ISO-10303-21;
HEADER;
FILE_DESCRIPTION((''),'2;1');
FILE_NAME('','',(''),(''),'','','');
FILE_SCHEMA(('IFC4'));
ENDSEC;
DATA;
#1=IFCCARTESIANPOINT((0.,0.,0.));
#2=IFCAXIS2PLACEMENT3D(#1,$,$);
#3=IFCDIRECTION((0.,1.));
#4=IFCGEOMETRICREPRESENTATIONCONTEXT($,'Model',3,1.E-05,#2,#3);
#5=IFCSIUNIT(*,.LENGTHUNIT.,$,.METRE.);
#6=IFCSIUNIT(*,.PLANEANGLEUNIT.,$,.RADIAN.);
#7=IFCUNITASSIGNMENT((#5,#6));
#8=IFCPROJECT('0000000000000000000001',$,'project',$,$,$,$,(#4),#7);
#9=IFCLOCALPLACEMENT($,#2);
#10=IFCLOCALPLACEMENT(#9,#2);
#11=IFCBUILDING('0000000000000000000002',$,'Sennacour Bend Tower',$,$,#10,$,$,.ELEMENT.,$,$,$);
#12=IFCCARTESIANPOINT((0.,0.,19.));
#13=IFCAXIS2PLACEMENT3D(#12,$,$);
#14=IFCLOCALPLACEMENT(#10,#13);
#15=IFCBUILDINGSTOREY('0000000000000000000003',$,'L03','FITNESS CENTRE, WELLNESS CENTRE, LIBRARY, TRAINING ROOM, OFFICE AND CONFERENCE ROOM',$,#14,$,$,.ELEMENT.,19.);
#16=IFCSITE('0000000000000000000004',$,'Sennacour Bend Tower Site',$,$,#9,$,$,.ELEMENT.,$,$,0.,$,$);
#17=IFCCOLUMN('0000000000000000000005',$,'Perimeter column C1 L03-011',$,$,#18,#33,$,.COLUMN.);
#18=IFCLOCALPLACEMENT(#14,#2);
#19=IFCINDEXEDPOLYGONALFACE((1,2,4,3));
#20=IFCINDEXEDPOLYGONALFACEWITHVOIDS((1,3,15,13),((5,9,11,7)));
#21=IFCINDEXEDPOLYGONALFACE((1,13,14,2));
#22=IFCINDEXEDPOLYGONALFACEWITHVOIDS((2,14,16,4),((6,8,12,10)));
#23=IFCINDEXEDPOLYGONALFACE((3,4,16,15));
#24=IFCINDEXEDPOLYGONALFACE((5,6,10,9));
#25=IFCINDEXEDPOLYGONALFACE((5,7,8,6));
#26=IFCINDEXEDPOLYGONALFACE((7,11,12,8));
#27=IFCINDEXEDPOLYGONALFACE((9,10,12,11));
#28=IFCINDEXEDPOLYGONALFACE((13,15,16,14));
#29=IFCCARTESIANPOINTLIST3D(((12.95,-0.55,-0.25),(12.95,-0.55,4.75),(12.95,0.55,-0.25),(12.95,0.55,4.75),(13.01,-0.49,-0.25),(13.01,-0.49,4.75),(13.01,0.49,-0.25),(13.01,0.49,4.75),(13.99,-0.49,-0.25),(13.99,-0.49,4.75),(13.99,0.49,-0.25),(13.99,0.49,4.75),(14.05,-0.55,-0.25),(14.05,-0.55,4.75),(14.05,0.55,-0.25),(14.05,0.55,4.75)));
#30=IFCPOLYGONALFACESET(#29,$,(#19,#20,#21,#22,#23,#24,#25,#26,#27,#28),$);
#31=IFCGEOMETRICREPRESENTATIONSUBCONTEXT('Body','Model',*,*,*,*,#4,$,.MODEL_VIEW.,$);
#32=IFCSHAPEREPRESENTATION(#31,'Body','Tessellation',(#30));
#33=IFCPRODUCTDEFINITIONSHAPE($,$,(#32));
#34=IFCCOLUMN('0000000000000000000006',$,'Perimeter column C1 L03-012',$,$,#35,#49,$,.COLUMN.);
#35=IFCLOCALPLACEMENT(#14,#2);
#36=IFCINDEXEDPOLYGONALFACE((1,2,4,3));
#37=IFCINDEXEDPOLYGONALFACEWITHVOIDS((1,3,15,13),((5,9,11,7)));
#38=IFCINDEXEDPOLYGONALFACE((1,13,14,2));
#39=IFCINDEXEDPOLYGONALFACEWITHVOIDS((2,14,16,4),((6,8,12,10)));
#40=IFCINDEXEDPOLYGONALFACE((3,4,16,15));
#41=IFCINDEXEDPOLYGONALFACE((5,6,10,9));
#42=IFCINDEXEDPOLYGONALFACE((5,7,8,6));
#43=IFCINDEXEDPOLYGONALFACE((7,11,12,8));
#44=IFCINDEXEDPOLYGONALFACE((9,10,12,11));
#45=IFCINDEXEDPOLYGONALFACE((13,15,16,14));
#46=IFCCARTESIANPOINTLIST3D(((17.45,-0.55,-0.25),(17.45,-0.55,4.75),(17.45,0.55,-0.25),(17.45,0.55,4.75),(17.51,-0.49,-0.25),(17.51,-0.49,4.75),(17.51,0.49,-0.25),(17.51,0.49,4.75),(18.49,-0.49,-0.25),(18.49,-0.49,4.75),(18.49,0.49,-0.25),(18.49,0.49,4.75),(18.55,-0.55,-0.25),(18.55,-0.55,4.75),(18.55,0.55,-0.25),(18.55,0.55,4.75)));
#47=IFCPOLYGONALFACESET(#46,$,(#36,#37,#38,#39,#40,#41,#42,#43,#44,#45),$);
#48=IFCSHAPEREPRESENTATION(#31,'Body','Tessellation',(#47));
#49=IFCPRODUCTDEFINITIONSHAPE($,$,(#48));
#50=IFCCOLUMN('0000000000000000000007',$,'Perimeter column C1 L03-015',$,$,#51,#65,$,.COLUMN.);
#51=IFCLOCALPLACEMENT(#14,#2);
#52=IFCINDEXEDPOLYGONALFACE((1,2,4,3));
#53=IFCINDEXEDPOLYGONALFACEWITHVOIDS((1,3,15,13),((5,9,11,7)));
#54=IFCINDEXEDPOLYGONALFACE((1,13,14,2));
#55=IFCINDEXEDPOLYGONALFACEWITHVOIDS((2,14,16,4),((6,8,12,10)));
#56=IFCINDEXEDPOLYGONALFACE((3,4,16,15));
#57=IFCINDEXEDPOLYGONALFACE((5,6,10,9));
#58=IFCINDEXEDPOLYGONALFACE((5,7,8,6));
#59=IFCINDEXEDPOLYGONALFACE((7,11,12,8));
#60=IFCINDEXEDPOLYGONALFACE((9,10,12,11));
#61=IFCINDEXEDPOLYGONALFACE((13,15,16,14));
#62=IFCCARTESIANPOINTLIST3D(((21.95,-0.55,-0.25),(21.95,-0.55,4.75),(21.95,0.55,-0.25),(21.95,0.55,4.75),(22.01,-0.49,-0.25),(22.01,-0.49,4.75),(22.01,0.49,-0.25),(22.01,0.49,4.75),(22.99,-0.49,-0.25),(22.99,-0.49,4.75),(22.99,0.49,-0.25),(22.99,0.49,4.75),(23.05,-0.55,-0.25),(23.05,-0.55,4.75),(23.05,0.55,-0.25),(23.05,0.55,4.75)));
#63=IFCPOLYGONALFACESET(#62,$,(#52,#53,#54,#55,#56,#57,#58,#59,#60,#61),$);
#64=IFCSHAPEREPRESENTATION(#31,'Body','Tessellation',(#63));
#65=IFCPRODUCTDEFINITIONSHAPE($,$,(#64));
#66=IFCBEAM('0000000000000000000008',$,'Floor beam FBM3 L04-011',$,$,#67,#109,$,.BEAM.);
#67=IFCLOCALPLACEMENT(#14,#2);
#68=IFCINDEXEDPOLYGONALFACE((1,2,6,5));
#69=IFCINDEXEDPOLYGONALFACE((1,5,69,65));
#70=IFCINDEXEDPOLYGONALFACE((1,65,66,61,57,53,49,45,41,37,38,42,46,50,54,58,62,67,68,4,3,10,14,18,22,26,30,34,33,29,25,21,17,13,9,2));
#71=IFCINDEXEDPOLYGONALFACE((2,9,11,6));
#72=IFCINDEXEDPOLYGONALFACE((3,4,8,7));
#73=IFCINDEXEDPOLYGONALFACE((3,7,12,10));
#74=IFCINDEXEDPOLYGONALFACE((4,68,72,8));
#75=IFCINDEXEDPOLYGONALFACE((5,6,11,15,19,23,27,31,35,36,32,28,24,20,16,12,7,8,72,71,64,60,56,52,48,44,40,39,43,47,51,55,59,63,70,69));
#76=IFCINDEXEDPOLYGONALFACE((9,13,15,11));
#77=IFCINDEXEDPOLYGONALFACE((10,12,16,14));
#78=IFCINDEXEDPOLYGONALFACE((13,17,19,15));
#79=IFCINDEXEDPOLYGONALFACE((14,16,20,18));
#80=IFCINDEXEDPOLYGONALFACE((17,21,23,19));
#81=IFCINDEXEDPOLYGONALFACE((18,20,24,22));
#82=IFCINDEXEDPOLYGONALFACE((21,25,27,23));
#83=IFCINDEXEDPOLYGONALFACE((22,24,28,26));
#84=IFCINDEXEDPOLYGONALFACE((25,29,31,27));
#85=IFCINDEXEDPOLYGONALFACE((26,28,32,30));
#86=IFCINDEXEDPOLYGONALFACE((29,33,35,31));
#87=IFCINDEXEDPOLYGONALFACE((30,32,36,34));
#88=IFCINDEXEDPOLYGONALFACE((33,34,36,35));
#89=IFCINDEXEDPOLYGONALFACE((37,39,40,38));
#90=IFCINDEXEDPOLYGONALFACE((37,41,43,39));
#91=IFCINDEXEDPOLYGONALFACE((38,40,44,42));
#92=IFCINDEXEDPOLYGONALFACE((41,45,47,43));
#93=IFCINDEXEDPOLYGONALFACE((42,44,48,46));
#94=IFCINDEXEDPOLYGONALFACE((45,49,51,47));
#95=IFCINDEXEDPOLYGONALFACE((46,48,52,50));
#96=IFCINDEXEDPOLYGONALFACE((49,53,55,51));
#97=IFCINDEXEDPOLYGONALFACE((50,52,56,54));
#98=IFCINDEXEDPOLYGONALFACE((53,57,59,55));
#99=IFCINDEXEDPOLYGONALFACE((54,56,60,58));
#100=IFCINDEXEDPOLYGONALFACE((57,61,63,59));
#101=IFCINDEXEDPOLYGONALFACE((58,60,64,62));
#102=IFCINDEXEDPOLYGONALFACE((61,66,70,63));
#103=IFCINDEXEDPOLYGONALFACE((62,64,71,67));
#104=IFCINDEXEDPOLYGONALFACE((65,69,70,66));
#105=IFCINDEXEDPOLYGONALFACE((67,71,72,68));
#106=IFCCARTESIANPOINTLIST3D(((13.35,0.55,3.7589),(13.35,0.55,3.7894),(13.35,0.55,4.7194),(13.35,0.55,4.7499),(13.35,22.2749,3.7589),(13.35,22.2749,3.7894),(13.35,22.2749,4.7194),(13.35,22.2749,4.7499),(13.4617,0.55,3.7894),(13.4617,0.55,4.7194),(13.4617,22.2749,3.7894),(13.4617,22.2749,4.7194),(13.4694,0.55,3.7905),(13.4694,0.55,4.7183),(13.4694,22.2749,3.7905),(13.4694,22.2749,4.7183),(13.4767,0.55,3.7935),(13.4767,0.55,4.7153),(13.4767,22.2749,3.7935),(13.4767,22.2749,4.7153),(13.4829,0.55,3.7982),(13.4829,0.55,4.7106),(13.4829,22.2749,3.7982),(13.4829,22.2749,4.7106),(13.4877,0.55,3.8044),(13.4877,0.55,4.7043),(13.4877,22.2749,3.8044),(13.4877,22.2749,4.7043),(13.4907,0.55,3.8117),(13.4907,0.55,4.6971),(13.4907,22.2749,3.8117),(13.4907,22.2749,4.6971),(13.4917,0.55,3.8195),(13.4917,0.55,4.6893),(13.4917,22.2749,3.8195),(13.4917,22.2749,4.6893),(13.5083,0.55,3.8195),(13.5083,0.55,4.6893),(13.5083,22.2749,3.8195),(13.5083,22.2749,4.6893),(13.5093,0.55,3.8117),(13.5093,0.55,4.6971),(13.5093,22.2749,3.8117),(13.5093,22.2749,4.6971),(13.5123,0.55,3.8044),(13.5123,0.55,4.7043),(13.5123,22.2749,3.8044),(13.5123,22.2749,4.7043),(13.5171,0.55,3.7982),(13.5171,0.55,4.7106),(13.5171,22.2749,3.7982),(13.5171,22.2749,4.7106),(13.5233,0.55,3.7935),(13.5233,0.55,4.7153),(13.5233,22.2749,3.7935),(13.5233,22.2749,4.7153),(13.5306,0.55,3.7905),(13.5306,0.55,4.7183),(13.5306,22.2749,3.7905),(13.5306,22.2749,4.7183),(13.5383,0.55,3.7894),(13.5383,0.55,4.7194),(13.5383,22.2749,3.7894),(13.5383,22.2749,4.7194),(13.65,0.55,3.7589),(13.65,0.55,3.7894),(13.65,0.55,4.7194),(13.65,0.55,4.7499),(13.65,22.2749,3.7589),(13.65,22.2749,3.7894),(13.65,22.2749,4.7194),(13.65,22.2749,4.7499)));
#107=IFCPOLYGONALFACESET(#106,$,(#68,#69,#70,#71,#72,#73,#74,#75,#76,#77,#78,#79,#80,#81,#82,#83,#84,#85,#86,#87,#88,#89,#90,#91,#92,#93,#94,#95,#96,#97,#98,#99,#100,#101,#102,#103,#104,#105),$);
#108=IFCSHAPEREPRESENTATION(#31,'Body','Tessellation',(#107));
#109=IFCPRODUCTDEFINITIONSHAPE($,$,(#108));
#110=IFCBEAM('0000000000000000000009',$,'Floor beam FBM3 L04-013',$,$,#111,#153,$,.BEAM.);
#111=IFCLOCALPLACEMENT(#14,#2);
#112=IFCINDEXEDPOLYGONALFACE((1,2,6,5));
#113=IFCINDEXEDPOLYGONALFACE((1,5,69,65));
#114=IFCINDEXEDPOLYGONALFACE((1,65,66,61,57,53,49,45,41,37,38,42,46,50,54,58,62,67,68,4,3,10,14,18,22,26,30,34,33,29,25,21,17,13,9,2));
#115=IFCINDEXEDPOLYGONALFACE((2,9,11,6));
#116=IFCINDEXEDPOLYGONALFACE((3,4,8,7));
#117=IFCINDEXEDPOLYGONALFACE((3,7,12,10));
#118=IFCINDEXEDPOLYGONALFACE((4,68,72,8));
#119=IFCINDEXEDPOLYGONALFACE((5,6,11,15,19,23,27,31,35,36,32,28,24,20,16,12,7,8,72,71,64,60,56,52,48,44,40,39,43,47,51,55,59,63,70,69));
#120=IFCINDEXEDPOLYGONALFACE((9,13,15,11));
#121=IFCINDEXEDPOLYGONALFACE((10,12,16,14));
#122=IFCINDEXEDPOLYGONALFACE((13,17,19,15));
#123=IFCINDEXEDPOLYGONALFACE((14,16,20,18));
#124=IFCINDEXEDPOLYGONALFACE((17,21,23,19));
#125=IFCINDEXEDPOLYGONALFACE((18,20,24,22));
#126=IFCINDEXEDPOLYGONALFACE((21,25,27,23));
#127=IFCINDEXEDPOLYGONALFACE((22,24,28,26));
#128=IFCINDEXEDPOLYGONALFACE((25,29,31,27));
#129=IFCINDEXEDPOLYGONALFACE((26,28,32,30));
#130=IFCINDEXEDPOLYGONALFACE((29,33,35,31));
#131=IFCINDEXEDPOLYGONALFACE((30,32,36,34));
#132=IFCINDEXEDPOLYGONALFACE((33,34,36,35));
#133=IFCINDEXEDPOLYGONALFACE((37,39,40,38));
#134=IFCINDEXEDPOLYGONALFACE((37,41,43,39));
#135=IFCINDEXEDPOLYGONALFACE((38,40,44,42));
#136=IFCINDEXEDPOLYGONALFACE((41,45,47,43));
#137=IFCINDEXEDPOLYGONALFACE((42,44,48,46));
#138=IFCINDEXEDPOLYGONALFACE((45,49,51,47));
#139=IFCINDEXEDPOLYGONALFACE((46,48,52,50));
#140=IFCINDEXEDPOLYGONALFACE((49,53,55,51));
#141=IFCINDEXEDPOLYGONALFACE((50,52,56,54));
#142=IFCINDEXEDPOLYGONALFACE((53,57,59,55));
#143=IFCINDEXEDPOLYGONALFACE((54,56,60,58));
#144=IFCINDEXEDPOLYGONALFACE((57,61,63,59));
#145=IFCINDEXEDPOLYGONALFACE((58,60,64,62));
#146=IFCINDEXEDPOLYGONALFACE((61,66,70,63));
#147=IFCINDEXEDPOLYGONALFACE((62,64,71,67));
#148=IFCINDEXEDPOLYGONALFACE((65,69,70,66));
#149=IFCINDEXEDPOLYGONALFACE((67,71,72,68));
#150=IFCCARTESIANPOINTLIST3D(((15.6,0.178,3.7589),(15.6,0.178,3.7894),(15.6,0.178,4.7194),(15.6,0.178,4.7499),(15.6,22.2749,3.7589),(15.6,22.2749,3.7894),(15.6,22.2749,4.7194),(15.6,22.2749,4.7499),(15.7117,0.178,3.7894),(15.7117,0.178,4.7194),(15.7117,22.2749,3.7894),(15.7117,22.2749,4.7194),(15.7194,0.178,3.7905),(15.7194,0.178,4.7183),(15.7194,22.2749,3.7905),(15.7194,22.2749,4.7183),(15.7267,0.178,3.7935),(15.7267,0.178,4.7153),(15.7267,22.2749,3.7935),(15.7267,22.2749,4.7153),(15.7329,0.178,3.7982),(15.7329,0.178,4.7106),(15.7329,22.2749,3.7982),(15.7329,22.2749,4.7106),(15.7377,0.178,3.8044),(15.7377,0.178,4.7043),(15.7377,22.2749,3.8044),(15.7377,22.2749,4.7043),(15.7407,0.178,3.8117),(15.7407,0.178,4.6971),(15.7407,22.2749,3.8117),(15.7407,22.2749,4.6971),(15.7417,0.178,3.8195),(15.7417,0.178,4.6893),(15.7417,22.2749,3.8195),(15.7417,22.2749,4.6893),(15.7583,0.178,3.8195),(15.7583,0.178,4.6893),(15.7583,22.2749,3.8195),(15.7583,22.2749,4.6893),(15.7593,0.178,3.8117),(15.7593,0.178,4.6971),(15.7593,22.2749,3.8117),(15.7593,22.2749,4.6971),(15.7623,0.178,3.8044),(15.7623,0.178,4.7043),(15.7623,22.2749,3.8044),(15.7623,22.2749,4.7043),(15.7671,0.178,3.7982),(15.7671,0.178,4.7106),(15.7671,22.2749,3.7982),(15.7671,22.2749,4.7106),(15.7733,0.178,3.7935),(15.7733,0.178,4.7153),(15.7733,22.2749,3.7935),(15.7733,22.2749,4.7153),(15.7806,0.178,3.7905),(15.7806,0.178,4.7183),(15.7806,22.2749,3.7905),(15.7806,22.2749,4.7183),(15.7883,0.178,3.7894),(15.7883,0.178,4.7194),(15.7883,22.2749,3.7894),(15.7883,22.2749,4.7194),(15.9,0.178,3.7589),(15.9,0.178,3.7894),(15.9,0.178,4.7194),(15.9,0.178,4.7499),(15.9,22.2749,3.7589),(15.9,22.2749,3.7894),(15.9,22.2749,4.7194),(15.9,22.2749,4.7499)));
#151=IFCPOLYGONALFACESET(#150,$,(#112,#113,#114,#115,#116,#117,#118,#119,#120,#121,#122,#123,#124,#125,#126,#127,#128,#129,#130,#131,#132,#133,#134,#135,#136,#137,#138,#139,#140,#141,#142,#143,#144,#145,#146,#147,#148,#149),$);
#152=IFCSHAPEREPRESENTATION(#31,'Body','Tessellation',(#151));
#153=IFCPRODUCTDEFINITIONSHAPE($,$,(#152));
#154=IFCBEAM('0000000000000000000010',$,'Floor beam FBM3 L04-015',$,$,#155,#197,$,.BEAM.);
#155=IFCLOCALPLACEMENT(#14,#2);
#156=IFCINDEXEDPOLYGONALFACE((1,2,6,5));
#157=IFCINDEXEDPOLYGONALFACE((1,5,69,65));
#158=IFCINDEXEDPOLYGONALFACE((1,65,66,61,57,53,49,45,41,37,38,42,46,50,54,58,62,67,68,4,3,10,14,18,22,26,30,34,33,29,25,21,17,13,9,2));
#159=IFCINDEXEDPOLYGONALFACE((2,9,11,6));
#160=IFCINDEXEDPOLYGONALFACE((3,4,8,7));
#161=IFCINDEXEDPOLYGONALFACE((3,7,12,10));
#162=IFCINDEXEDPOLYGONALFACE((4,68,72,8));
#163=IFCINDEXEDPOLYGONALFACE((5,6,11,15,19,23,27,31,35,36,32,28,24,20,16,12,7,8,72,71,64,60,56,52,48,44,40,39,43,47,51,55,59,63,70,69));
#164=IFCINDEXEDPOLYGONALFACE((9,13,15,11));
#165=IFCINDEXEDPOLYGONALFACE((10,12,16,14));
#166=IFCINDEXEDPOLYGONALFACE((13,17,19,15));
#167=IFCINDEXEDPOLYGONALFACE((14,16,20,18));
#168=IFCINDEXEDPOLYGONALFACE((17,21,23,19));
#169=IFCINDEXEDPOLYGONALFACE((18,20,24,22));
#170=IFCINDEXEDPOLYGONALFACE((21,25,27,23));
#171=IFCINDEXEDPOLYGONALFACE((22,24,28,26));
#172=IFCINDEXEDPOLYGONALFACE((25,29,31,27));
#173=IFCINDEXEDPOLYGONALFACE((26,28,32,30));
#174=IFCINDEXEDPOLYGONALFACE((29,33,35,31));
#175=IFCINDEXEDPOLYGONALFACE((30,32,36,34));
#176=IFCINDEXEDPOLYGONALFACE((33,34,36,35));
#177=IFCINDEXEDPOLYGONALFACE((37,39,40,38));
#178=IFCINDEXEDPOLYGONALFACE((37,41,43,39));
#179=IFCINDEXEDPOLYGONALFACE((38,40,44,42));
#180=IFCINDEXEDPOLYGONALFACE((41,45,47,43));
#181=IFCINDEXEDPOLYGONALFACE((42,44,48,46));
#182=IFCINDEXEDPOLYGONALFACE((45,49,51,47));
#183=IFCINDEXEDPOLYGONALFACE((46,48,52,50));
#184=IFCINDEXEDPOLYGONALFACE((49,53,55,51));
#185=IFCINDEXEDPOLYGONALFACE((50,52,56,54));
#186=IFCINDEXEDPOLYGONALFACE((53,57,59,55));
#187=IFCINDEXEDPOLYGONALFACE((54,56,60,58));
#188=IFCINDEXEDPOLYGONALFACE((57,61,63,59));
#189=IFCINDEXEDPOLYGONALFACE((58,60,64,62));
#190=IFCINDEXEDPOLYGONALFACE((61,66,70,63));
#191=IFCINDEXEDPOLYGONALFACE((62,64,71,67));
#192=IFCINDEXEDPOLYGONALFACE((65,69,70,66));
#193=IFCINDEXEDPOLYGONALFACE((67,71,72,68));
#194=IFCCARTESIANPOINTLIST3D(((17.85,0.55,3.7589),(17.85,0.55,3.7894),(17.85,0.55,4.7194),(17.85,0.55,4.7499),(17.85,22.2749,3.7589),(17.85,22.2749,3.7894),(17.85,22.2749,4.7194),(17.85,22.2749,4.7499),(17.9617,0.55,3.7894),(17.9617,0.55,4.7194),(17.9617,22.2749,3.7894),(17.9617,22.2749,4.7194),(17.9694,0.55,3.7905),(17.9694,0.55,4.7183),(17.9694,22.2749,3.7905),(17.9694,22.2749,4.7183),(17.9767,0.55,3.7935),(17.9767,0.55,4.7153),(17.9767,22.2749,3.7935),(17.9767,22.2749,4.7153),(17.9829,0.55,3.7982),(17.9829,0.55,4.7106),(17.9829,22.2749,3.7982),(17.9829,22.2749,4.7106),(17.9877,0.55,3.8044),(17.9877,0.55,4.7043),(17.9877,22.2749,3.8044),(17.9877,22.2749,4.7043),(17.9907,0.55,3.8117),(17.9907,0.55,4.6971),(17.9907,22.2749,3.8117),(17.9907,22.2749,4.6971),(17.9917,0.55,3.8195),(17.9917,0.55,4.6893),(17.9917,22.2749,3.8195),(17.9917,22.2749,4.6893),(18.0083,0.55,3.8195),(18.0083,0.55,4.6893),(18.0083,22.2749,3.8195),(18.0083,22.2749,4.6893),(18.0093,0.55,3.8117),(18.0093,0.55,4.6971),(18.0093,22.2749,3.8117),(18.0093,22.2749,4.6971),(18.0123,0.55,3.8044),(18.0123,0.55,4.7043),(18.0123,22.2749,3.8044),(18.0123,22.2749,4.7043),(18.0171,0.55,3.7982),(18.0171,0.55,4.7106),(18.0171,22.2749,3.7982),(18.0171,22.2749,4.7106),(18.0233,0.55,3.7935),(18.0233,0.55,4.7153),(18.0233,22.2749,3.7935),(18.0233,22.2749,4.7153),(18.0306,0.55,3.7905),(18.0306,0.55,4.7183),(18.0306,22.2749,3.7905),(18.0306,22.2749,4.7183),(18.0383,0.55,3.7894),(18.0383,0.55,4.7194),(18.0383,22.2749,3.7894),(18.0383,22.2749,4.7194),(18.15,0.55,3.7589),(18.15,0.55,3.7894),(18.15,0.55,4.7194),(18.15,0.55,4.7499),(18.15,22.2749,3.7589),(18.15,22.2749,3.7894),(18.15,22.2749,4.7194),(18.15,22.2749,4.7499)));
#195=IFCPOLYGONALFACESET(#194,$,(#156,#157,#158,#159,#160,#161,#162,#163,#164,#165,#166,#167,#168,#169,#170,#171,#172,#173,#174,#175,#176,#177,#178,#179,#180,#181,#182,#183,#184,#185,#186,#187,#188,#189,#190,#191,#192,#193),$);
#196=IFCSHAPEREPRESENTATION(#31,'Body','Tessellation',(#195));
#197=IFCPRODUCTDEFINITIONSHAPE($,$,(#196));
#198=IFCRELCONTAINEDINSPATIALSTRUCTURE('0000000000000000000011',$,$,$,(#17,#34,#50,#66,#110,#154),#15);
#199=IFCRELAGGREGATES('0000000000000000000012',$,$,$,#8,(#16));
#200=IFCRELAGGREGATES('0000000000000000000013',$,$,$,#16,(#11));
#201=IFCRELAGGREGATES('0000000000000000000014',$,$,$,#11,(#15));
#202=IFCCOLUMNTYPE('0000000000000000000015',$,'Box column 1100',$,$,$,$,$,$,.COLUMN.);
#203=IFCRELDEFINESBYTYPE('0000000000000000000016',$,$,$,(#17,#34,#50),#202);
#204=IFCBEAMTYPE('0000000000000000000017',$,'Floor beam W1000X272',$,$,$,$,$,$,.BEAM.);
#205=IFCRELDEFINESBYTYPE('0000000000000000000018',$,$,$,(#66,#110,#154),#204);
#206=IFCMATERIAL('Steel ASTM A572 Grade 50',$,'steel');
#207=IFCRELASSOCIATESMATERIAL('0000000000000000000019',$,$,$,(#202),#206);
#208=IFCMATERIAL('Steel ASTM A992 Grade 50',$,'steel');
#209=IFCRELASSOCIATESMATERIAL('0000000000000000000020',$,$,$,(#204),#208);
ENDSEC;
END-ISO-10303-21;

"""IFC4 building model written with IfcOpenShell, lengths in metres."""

from ifc_helpers import new_model, si_unit, direction, frame, origin, origin_2d, place, context, subcontext, project, spatial, hollow_rectangle, i_section, extrude, material, material_profile, profile_set, type_object, element, save


model = new_model("IFC4")

# Units and contexts
model_context = context("Model", 3, precision=1e-05, world=origin(), true_north=direction((0.0, 1.0)))
body_context = subcontext(model_context, "Body", "Model", "MODEL_VIEW")
ifc_project = project(units=[si_unit("LENGTHUNIT", "METRE"), si_unit("PLANEANGLEUNIT", "RADIAN")], contexts=[model_context])

# Site, building, storey
site_placement = place(None, origin())
site = spatial("IfcSite", under=ifc_project, at=site_placement, Name="Sennacour Bend Tower Site", CompositionType="ELEMENT", RefElevation=0.0)
building_placement = place(site_placement, origin())
building = spatial("IfcBuilding", under=site, at=building_placement, Name="Sennacour Bend Tower", CompositionType="ELEMENT")
storey_placement = place(building_placement, frame((0.0, 0.0, 19.0)))
storey = spatial("IfcBuildingStorey", under=building, at=storey_placement, Name="L03", Description="FITNESS CENTRE, WELLNESS CENTRE, LIBRARY, TRAINING ROOM, OFFICE AND CONFERENCE ROOM", CompositionType="ELEMENT", Elevation=19.0)

# Columns
ifc_material_1 = material(Name="Steel ASTM A572 Grade 50", Category="steel")
ifc_material_profile_1 = material_profile(ifc_material_1, hollow_rectangle(XDim=1.1001, YDim=1.1001, WallThickness=0.0601, at=origin_2d()), Name="Steel ASTM A572 Grade 50", Category="steel")
ifc_profile_set_1 = profile_set([ifc_material_profile_1], Name="Steel ASTM A572 Grade 50")
column_type = type_object("IfcColumnType", Name="Box column 1100", PredefinedType="COLUMN", material=ifc_profile_set_1)
for number, where, z_axis, x_axis, name in (
    (1, (13.5, 0.0, -0.25), (0.0, 0.0, 1.0), (1.0, 0.0, 0.0), "Perimeter column C1 L03-011"),
    (2, (18.0, 0.0, -0.25), (0.0, 0.0, 1.0), (1.0, 0.0, 0.0), "Perimeter column C1 L03-012"),
    (3, (22.5, 0.0, -0.25), (0.0, 0.0, 1.0), (1.0, 0.0, 0.0), "Perimeter column C1 L03-015"),
):
    element("IfcColumn", number, at=place(storey_placement, frame(where, z_axis=z_axis, x_axis=x_axis)), inside=storey, type_object=column_type, Name=name, PredefinedType="COLUMN", context=body_context, shape_type="SweptSolid", body=[
        extrude(hollow_rectangle(XDim=1.1001, YDim=1.1001, WallThickness=0.0601, at=origin_2d()), origin(), (0.0, 0.0, 1.0), 5.0),
    ])

# Beams
ifc_material_2 = material(Name="Steel ASTM A992 Grade 50", Category="steel")
ifc_material_profile_2 = material_profile(ifc_material_2, i_section(OverallWidth=0.3, OverallDepth=0.991, WebThickness=0.0166, FlangeThickness=0.0305, FilletRadius=0.03, at=origin_2d()), Name="Steel ASTM A992 Grade 50", Category="steel")
ifc_profile_set_2 = profile_set([ifc_material_profile_2], Name="Steel ASTM A992 Grade 50")
beam_type_1 = type_object("IfcBeamType", Name="Floor beam W1000X272", PredefinedType="BEAM", material=ifc_profile_set_2)
beam_1_placement = place(storey_placement, frame((13.5, 0.55, 4.2544), z_axis=(0.0, 1.0, 0.0), x_axis=(-1.0, 0.0, 0.0)))
element("IfcBeam", 4, at=beam_1_placement, inside=storey, type_object=beam_type_1, Name="Floor beam FBM3 L04-011", PredefinedType="BEAM", context=body_context, shape_type="SweptSolid", body=[
    extrude(i_section(OverallWidth=0.3, OverallDepth=0.991, WebThickness=0.0166, FlangeThickness=0.0305, FilletRadius=0.03, at=origin_2d()), origin(), (0.0, 0.0, 1.0), 21.7249),
])
beam_2_placement = place(storey_placement, frame((15.75, 0.178, 4.2544), z_axis=(0.0, 1.0, 0.0), x_axis=(-1.0, 0.0, 0.0)))
element("IfcBeam", 5, at=beam_2_placement, inside=storey, type_object=beam_type_1, Name="Floor beam FBM3 L04-013", PredefinedType="BEAM", context=body_context, shape_type="SweptSolid", body=[
    extrude(i_section(OverallWidth=0.3, OverallDepth=0.991, WebThickness=0.0166, FlangeThickness=0.0305, FilletRadius=0.03, at=origin_2d()), origin(), (0.0, 0.0, 1.0), 22.0969),
])
beam_3_placement = place(storey_placement, frame((18.0, 0.55, 4.2544), z_axis=(0.0, 1.0, 0.0), x_axis=(-1.0, 0.0, 0.0)))
element("IfcBeam", 6, at=beam_3_placement, inside=storey, type_object=beam_type_1, Name="Floor beam FBM3 L04-015", PredefinedType="BEAM", context=body_context, shape_type="SweptSolid", body=[
    extrude(i_section(OverallWidth=0.3, OverallDepth=0.991, WebThickness=0.0166, FlangeThickness=0.0305, FilletRadius=0.03, at=origin_2d()), origin(), (0.0, 0.0, 1.0), 21.7249),
])

save(model, "model.ifc")
